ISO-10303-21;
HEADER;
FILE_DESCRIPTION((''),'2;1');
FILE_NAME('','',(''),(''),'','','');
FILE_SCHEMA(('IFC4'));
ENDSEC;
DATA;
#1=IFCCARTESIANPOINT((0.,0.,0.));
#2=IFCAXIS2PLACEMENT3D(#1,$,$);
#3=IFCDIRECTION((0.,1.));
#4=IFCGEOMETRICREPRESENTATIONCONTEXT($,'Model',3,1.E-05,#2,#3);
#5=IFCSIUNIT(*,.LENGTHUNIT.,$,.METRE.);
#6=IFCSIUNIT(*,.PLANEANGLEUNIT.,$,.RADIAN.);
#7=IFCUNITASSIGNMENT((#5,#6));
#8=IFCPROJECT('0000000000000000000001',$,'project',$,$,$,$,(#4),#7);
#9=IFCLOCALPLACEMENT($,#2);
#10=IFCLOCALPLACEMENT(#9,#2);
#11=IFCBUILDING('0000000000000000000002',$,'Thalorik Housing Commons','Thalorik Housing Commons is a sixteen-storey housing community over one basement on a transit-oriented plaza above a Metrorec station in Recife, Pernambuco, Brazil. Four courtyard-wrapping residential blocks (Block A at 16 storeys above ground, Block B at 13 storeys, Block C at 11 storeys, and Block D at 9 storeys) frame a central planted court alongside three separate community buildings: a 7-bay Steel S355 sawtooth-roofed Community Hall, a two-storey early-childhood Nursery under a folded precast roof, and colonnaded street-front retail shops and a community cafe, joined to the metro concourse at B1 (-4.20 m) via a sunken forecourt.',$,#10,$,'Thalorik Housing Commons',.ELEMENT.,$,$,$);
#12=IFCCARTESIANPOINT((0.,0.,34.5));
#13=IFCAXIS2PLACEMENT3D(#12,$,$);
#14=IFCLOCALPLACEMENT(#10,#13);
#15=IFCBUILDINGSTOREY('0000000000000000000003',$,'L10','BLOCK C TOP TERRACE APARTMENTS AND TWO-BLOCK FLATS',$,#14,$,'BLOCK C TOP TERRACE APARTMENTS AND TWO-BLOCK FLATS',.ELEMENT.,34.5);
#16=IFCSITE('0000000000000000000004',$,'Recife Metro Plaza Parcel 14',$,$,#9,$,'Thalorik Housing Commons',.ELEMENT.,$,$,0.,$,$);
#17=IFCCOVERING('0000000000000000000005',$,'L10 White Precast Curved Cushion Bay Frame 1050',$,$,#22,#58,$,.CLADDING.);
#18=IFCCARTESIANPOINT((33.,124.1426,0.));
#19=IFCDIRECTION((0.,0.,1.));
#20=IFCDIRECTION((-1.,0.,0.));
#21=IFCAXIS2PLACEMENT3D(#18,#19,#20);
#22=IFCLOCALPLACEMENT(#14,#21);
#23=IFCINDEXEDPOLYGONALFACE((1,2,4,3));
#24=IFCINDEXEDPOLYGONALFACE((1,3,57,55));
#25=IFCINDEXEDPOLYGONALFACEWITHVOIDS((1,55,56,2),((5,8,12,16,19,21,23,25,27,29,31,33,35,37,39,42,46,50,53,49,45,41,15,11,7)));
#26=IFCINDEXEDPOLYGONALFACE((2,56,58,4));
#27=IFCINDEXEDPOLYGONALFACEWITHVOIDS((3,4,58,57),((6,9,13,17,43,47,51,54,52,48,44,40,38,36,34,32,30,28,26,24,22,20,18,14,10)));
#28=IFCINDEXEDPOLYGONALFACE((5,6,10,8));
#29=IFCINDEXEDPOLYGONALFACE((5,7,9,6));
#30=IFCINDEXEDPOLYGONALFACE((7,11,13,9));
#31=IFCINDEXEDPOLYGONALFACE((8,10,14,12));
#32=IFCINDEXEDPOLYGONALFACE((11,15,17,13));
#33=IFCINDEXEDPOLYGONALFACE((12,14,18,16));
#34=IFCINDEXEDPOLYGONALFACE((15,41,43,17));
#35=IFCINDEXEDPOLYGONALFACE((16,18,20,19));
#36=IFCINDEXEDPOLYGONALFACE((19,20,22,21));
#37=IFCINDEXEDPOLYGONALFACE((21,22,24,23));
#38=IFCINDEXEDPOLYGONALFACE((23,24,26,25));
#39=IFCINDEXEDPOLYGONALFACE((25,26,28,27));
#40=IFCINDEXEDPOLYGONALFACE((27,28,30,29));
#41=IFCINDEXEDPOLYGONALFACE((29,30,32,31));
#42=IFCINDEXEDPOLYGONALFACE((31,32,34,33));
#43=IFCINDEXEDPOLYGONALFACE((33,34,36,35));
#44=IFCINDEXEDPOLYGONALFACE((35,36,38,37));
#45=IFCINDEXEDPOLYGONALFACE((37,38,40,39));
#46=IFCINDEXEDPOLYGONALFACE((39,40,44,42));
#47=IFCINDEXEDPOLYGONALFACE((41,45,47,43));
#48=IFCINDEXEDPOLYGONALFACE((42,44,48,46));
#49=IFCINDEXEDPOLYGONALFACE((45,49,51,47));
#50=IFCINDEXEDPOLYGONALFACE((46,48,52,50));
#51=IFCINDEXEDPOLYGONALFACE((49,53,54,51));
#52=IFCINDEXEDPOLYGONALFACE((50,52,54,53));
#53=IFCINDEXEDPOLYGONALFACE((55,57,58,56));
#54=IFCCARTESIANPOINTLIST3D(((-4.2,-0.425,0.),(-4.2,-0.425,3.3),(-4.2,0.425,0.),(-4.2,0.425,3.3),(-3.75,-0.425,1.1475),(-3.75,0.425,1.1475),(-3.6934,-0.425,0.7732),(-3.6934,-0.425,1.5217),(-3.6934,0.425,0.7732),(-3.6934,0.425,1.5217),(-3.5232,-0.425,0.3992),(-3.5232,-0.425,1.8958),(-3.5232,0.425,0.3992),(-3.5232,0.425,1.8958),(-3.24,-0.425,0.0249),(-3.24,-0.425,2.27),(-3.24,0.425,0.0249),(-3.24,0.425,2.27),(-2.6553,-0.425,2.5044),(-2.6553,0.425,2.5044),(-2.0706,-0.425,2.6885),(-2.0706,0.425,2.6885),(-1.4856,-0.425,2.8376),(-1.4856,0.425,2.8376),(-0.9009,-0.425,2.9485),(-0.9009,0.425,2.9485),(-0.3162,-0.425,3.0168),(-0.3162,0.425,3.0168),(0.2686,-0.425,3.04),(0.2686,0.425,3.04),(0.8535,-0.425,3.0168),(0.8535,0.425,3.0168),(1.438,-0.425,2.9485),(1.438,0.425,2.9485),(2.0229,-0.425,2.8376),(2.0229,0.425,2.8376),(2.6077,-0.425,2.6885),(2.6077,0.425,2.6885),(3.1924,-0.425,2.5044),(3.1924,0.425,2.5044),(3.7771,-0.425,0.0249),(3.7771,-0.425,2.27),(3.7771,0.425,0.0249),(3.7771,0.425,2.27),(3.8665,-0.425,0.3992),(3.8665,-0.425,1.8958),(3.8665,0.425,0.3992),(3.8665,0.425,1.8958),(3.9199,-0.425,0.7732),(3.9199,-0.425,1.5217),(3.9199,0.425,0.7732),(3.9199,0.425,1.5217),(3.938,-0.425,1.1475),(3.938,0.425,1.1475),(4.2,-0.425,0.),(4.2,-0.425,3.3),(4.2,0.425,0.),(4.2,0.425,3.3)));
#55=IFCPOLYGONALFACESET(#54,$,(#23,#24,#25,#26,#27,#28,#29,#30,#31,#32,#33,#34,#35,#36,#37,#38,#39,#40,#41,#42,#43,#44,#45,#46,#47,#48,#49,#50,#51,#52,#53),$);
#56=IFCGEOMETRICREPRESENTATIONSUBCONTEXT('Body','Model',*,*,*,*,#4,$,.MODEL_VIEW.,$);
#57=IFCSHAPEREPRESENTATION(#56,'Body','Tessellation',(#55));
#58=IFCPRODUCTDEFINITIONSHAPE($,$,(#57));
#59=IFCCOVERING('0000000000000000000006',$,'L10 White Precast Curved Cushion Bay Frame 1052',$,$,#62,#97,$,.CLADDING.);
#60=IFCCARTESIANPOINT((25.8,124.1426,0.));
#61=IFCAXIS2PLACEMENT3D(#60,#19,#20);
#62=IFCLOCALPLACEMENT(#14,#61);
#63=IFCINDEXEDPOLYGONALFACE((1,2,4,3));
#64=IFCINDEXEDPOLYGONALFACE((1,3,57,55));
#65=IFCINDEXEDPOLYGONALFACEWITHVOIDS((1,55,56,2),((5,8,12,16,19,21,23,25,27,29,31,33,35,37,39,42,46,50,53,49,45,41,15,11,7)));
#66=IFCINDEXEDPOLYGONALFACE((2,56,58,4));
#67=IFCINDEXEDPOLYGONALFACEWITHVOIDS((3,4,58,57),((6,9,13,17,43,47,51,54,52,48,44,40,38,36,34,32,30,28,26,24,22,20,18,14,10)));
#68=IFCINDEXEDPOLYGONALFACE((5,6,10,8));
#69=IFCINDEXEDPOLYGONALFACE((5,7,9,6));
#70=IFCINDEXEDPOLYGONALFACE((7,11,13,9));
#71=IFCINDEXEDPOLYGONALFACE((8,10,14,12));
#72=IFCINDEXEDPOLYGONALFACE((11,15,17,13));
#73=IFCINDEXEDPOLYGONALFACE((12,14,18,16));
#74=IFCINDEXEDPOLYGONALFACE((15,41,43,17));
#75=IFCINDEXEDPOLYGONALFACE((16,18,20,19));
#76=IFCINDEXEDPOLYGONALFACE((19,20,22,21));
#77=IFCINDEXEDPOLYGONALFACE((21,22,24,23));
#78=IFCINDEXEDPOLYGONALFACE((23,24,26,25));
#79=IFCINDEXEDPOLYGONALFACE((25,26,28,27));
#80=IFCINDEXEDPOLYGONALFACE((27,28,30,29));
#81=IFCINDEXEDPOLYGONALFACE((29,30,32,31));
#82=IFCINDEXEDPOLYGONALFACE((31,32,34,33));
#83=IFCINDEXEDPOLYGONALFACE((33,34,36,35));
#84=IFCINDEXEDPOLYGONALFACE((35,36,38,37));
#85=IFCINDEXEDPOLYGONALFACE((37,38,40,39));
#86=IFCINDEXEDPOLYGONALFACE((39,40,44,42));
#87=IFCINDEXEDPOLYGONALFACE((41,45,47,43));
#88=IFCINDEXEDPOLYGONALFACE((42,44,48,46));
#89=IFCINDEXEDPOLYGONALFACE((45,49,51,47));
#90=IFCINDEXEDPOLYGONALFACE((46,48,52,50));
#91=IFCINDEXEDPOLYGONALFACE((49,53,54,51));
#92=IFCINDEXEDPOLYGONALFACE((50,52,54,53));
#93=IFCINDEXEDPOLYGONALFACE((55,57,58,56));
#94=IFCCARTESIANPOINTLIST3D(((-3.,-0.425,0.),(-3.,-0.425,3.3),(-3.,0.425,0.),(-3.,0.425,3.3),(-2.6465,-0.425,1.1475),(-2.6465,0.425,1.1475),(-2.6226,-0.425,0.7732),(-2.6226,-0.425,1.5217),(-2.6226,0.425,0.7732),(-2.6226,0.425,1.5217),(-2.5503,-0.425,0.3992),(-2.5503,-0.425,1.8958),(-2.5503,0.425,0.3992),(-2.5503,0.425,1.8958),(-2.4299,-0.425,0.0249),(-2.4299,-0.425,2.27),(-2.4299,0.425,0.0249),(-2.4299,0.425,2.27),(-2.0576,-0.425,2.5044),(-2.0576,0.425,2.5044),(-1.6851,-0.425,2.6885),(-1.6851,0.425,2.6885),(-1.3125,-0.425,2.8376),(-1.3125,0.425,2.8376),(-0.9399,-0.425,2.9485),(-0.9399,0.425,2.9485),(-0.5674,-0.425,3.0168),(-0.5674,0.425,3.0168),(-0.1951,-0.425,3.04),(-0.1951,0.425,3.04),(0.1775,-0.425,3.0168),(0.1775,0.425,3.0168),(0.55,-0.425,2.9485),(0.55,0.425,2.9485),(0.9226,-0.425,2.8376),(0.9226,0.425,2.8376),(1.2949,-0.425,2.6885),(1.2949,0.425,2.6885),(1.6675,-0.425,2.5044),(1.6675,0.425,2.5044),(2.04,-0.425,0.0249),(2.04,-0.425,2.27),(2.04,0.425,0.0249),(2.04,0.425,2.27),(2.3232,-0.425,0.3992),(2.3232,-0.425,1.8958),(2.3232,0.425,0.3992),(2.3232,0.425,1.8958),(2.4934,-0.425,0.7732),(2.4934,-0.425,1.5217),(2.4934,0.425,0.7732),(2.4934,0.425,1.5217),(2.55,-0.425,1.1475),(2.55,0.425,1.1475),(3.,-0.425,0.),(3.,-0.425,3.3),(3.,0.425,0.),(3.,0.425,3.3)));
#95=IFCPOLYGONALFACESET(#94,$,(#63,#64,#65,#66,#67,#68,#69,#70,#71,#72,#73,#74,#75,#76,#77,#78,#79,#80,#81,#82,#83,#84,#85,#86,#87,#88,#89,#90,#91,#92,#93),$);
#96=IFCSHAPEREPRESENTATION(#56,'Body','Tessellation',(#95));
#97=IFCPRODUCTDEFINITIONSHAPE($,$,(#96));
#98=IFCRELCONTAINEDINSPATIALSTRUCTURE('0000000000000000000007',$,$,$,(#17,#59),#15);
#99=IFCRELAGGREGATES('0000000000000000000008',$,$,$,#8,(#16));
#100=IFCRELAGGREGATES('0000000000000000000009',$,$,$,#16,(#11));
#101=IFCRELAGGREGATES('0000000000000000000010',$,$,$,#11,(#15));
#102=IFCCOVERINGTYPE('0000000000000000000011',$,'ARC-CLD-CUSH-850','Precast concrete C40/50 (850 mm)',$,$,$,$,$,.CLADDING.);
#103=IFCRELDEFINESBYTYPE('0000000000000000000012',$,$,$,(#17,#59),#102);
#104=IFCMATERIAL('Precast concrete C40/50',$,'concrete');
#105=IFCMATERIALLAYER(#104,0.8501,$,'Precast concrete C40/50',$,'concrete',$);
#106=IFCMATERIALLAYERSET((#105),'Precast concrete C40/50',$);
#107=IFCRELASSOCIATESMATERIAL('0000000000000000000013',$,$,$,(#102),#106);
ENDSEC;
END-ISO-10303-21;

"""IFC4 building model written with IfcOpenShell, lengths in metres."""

from ifc_helpers import new_model, si_unit, direction, frame, origin, place, context, subcontext, project, spatial, polyline, outline, extrude, material, layer, layer_set, type_object, element, save


model = new_model("IFC4")

# Units and contexts
model_context = context("Model", 3, precision=1e-05, world=origin(), true_north=direction((0.0, 1.0)))
body_context = subcontext(model_context, "Body", "Model", "MODEL_VIEW")
ifc_project = project(units=[si_unit("LENGTHUNIT", "METRE"), si_unit("PLANEANGLEUNIT", "RADIAN")], contexts=[model_context])

# Site, building, storey
site_placement = place(None, origin())
site = spatial("IfcSite", under=ifc_project, at=site_placement, Name="Recife Metro Plaza Parcel 14", LongName="Thalorik Housing Commons", CompositionType="ELEMENT", RefElevation=0.0)
building_placement = place(site_placement, origin())
building = spatial("IfcBuilding", under=site, at=building_placement, Name="Thalorik Housing Commons", Description="Thalorik Housing Commons is a sixteen-storey housing community over one basement on a transit-oriented plaza above a Metrorec station in Recife, Pernambuco, Brazil. Four courtyard-wrapping residential blocks (Block A at 16 storeys above ground, Block B at 13 storeys, Block C at 11 storeys, and Block D at 9 storeys) frame a central planted court alongside three separate community buildings: a 7-bay Steel S355 sawtooth-roofed Community Hall, a two-storey early-childhood Nursery under a folded precast roof, and colonnaded street-front retail shops and a community cafe, joined to the metro concourse at B1 (-4.20 m) via a sunken forecourt.", LongName="Thalorik Housing Commons", CompositionType="ELEMENT")
storey_placement = place(building_placement, frame((0.0, 0.0, 34.5)))
storey = spatial("IfcBuildingStorey", under=building, at=storey_placement, Name="L10", Description="BLOCK C TOP TERRACE APARTMENTS AND TWO-BLOCK FLATS", LongName="BLOCK C TOP TERRACE APARTMENTS AND TWO-BLOCK FLATS", CompositionType="ELEMENT", Elevation=34.5)

# Shared definitions
ifc_material_1 = material(Name="Precast concrete C40/50", Category="concrete")

# Coverings
ifc_layer_1 = layer(ifc_material_1, 0.8501, Name="Precast concrete C40/50", Category="concrete")
ifc_layer_set_1 = layer_set([ifc_layer_1], Name="Precast concrete C40/50")
covering_type_1 = type_object("IfcCoveringType", Name="ARC-CLD-CUSH-850", Description="Precast concrete C40/50 (850 mm)", PredefinedType="CLADDING", material=ifc_layer_set_1)
covering_1_placement = place(storey_placement, frame((33.0, 124.1426, 0.0), z_axis=(0.0, 0.0, 1.0), x_axis=(-1.0, 0.0, 0.0)))
element("IfcCovering", 1, at=covering_1_placement, inside=storey, type_object=covering_type_1, Name="L10 White Precast Curved Cushion Bay Frame 1050", PredefinedType="CLADDING", context=body_context, shape_type="SweptSolid", body=[
    extrude(outline(polyline([(-4.2, 0.0), (4.2, 0.0), (4.2, 3.3), (-4.2, 3.3), (-4.2, 0.0)]), holes=[polyline([(3.7771, 0.0249), (3.8665, 0.3992), (3.9199, 0.7732), (3.938, 1.1475), (3.9199, 1.5217), (3.8665, 1.8958), (3.7771, 2.27), (3.1924, 2.5044), (2.6077, 2.6885), (2.0229, 2.8376), (1.438, 2.9485), (0.8535, 3.0168), (0.2686, 3.04), (-0.3162, 3.0168), (-0.9009, 2.9485), (-1.4856, 2.8376), (-2.0706, 2.6885), (-2.6553, 2.5044), (-3.24, 2.27), (-3.5232, 1.8958), (-3.6934, 1.5217), (-3.75, 1.1475), (-3.6934, 0.7732), (-3.5232, 0.3992), (-3.24, 0.0249), (3.7771, 0.0249)])]), frame((0.0, 0.425, 0.0), z_axis=(0.0, -1.0, 0.0), x_axis=(1.0, 0.0, 0.0)), (0.0, 0.0, 1.0), 0.8501),
])
covering_2_placement = place(storey_placement, frame((25.8, 124.1426, 0.0), z_axis=(0.0, 0.0, 1.0), x_axis=(-1.0, 0.0, 0.0)))
element("IfcCovering", 2, at=covering_2_placement, inside=storey, type_object=covering_type_1, Name="L10 White Precast Curved Cushion Bay Frame 1052", PredefinedType="CLADDING", context=body_context, shape_type="SweptSolid", body=[
    extrude(outline(polyline([(-3.0, 0.0), (3.0, 0.0), (3.0, 3.3), (-3.0, 3.3), (-3.0, 0.0)]), holes=[polyline([(2.04, 0.0249), (2.3232, 0.3992), (2.4934, 0.7732), (2.55, 1.1475), (2.4934, 1.5217), (2.3232, 1.8958), (2.04, 2.27), (1.6675, 2.5044), (1.2949, 2.6885), (0.9226, 2.8376), (0.55, 2.9485), (0.1775, 3.0168), (-0.1951, 3.04), (-0.5674, 3.0168), (-0.9399, 2.9485), (-1.3125, 2.8376), (-1.6851, 2.6885), (-2.0576, 2.5044), (-2.4299, 2.27), (-2.5503, 1.8958), (-2.6226, 1.5217), (-2.6465, 1.1475), (-2.6226, 0.7732), (-2.5503, 0.3992), (-2.4299, 0.0249), (2.04, 0.0249)])]), frame((0.0, 0.425, 0.0), z_axis=(0.0, -1.0, 0.0), x_axis=(1.0, 0.0, 0.0)), (0.0, 0.0, 1.0), 0.8501),
])

save(model, "model.ifc")
